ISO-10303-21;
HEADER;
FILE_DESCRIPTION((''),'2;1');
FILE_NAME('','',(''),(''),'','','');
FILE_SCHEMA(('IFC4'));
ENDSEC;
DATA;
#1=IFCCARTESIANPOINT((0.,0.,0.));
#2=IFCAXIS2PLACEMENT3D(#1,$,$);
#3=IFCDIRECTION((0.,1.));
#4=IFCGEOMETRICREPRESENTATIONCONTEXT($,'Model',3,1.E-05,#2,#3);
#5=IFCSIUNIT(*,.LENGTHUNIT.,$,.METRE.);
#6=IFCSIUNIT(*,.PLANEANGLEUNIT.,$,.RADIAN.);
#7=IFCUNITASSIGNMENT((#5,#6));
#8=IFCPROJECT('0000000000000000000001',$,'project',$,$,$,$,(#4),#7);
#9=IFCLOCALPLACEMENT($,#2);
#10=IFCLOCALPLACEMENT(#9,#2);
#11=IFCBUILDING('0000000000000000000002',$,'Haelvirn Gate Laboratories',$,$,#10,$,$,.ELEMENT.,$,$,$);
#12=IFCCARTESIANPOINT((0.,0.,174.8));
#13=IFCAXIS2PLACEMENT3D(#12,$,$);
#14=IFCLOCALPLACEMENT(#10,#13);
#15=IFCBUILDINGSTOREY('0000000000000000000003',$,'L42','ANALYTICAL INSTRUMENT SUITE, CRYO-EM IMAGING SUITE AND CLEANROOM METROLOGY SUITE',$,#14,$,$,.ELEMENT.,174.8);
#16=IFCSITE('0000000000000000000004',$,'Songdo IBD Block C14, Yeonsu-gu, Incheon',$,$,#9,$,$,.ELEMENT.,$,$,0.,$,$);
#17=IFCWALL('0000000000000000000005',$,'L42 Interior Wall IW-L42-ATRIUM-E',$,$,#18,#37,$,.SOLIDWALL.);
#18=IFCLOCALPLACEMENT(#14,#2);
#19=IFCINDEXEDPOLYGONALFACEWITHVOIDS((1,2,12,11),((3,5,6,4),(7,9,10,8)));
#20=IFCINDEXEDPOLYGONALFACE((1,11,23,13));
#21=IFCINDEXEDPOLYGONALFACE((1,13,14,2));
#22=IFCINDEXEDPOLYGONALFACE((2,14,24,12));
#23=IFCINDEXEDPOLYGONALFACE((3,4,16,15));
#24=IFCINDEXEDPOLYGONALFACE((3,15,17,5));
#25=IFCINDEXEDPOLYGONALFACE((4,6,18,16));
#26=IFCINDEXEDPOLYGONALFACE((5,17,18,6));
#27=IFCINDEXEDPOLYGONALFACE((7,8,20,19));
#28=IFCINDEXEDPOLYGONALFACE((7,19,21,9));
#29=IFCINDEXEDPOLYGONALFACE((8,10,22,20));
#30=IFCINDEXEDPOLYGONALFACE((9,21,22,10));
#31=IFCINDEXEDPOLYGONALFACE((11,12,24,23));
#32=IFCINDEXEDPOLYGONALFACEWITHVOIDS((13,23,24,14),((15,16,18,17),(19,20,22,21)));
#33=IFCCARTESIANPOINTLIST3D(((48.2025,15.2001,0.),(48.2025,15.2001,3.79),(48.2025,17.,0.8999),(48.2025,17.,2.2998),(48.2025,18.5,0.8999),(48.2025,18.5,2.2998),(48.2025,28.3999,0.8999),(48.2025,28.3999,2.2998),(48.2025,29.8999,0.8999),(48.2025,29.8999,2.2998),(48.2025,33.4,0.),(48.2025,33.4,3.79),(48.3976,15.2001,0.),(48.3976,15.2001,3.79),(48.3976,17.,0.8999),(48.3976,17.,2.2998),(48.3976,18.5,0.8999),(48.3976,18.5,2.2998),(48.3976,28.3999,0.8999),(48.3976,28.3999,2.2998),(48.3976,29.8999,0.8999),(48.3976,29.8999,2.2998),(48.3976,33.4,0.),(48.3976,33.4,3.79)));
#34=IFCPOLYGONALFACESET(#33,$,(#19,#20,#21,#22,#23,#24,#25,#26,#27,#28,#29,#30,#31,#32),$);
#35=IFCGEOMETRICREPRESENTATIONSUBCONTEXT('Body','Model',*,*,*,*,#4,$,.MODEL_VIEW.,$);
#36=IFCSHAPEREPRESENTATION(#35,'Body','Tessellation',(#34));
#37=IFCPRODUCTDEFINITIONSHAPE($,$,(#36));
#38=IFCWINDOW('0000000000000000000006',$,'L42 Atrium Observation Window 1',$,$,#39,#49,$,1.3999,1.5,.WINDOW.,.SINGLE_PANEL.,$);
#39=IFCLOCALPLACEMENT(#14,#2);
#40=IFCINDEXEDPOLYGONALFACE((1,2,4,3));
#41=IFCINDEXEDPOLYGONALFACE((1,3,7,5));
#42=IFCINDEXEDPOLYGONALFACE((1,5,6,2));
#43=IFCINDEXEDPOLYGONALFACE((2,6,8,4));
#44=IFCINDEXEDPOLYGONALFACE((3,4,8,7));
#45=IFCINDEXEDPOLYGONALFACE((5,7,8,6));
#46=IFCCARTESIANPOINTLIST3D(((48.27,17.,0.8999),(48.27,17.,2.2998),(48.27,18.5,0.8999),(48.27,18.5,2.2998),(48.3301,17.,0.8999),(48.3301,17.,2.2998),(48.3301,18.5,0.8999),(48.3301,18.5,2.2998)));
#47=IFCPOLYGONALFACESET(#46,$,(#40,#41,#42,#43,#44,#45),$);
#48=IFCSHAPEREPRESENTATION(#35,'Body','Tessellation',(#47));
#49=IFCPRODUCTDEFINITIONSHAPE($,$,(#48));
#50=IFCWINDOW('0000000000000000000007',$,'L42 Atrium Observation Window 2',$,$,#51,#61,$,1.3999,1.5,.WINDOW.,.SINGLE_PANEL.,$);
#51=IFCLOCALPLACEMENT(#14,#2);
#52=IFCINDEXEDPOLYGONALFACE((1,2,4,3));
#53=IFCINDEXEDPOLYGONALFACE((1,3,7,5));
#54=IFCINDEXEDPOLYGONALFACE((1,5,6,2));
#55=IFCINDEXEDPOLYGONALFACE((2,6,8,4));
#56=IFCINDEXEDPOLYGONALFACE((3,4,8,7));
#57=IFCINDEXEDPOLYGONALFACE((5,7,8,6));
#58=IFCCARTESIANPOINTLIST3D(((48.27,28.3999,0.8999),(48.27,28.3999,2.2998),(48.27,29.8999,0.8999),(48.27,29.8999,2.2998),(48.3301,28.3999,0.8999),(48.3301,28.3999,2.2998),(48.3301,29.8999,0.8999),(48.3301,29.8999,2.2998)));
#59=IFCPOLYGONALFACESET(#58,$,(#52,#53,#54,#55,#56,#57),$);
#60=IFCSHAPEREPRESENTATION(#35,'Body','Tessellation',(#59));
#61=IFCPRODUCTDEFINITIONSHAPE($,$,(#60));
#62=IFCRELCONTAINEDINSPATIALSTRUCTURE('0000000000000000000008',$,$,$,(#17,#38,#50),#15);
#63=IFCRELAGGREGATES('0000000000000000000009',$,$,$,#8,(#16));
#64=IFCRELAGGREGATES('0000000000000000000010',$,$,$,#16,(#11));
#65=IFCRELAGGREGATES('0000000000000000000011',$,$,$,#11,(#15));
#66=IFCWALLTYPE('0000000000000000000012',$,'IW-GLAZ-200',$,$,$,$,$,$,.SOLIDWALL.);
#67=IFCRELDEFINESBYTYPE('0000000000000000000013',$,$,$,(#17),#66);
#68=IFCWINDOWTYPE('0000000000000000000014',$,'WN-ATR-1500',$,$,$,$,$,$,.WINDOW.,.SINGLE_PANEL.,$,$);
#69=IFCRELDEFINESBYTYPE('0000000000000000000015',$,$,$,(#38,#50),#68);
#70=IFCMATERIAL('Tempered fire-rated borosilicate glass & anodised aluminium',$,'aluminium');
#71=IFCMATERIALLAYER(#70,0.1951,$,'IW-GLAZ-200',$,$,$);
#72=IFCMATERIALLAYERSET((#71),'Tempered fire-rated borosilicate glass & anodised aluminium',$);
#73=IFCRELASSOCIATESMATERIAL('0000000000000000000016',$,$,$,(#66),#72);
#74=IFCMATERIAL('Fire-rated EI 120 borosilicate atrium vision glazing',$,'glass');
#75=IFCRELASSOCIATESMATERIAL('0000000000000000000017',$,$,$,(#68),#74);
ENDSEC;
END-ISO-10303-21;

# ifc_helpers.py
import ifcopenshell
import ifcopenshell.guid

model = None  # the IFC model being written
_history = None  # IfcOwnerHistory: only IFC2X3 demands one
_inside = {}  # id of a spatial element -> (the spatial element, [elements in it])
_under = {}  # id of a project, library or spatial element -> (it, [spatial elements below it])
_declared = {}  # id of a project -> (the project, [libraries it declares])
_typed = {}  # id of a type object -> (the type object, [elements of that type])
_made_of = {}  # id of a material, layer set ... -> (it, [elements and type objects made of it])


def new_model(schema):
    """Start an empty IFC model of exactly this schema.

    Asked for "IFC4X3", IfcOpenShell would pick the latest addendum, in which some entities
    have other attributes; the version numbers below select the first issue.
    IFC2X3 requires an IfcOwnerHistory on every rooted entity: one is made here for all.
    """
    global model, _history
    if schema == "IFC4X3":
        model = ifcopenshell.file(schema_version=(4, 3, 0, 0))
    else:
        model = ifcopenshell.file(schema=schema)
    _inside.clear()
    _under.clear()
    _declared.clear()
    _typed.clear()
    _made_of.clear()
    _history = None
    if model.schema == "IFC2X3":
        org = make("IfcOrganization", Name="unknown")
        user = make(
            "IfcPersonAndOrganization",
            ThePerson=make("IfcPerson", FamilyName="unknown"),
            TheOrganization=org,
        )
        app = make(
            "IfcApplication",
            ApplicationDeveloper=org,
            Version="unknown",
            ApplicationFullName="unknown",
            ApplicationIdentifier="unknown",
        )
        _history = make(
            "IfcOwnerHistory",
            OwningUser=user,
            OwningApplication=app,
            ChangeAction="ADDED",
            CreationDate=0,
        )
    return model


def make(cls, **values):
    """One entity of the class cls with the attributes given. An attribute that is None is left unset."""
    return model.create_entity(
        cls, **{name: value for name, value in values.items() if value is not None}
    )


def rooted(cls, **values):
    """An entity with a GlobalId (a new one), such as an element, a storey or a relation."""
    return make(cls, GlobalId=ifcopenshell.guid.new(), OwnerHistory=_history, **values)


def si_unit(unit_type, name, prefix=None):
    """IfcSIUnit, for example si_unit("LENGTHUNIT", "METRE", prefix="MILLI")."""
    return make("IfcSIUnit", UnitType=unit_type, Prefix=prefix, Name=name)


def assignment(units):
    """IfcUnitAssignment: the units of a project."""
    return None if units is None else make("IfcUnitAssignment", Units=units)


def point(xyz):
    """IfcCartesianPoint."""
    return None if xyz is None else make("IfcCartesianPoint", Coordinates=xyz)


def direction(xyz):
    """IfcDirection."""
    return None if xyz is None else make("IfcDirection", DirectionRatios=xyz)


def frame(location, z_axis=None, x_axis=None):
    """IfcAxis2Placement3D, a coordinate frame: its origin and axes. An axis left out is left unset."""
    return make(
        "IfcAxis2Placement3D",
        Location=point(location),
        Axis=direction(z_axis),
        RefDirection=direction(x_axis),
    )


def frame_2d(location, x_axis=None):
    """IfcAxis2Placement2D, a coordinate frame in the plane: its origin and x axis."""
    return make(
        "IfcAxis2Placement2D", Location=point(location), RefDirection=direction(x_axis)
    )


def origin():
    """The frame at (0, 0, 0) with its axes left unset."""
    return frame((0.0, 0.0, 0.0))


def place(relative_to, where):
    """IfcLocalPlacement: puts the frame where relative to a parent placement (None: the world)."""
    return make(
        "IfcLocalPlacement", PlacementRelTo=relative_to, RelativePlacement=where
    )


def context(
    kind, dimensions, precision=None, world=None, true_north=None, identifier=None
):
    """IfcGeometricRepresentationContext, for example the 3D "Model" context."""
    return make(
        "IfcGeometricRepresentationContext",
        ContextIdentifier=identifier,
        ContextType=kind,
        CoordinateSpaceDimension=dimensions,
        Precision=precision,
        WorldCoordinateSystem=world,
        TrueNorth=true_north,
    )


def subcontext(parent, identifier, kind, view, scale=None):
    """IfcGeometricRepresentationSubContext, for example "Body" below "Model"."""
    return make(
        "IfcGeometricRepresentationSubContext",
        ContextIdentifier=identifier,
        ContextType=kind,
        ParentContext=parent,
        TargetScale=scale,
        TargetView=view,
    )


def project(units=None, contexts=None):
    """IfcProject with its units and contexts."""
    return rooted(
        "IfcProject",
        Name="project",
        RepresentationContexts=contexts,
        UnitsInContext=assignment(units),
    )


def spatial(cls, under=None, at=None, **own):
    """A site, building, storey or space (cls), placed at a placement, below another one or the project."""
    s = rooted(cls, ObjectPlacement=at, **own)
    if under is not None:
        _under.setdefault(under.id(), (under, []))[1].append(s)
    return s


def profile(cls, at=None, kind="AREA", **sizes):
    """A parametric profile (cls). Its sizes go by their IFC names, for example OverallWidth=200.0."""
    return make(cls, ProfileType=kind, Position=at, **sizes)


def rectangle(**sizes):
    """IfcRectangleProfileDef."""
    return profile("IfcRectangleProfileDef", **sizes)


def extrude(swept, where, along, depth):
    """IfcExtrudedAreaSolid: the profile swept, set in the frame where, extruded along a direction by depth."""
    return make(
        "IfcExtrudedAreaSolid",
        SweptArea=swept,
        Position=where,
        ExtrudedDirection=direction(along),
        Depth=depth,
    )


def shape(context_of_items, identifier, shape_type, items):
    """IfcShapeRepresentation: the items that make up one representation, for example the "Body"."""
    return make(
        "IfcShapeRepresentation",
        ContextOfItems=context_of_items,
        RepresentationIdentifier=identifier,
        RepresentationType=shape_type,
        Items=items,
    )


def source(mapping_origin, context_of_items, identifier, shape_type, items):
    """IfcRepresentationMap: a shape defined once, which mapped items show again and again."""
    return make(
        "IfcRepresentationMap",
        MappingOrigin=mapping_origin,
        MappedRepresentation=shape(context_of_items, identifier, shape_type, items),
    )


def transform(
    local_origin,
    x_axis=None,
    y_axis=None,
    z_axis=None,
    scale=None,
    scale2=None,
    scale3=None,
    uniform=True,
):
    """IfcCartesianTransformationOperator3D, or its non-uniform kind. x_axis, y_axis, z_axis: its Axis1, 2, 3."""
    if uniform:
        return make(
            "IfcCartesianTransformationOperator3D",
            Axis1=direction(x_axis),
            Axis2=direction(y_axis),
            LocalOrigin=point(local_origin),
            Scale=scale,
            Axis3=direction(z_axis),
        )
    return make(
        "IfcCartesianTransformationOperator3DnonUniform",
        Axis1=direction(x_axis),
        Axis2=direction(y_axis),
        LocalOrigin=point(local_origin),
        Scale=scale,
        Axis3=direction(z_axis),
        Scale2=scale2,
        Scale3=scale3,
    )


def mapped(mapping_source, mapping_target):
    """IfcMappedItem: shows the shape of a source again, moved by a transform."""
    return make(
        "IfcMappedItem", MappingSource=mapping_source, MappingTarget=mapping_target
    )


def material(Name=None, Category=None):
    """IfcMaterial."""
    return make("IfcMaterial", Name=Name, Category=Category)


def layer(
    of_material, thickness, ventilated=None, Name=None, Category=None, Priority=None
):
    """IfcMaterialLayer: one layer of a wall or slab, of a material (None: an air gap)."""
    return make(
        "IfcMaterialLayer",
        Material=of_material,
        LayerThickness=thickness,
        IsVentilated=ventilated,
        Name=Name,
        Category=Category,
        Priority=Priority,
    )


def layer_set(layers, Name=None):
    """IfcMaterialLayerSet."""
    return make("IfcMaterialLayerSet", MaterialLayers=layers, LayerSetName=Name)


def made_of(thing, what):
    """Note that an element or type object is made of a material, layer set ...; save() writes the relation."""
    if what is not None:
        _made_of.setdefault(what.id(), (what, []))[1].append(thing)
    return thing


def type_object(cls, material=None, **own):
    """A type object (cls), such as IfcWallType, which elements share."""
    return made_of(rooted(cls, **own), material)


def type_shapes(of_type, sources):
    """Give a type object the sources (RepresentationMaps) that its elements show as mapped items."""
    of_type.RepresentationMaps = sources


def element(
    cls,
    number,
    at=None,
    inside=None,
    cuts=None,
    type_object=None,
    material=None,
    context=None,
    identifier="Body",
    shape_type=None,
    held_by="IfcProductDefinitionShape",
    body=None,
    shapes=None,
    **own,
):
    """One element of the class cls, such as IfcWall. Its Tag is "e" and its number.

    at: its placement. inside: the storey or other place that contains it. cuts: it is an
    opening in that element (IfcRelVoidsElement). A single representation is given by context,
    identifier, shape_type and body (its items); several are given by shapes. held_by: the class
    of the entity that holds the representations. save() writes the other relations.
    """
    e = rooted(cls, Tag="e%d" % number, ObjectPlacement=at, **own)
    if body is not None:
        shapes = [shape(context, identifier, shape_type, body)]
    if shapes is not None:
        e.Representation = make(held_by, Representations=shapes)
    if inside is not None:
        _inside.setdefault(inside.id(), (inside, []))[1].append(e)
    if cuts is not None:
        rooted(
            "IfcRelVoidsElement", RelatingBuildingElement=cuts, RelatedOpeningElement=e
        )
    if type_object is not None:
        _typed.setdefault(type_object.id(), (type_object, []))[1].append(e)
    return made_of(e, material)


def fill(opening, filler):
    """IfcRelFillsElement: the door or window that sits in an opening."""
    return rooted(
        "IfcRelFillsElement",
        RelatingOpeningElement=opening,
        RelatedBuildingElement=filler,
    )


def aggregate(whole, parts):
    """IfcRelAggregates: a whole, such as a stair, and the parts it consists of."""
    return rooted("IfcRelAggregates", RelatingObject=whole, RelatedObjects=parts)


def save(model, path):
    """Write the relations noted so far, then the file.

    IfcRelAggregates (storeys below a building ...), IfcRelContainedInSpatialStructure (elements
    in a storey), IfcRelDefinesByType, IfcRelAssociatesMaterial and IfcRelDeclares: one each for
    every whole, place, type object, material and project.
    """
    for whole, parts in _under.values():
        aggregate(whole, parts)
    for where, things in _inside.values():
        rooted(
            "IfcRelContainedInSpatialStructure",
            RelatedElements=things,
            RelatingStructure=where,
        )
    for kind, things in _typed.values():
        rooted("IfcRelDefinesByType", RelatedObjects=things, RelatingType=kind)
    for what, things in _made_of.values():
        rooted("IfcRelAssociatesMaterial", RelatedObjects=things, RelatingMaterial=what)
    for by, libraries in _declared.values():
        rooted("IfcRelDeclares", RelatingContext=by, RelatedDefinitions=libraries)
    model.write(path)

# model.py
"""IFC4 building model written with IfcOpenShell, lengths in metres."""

from ifc_helpers import new_model, si_unit, direction, frame, frame_2d, origin, place, context, subcontext, project, spatial, rectangle, extrude, source, transform, mapped, material, layer, layer_set, type_object, type_shapes, element, fill, save


model = new_model("IFC4")

# Units and contexts
model_context = context("Model", 3, precision=1e-05, world=origin(), true_north=direction((0.0, 1.0)))
body_context = subcontext(model_context, "Body", "Model", "MODEL_VIEW")
ifc_project = project(units=[si_unit("LENGTHUNIT", "METRE"), si_unit("PLANEANGLEUNIT", "RADIAN")], contexts=[model_context])

# Site, building, storey
site_placement = place(None, origin())
site = spatial("IfcSite", under=ifc_project, at=site_placement, Name="Songdo IBD Block C14, Yeonsu-gu, Incheon", CompositionType="ELEMENT", RefElevation=0.0)
building_placement = place(site_placement, origin())
building = spatial("IfcBuilding", under=site, at=building_placement, Name="Haelvirn Gate Laboratories", CompositionType="ELEMENT")
storey_placement = place(building_placement, frame((0.0, 0.0, 174.8)))
storey = spatial("IfcBuildingStorey", under=building, at=storey_placement, Name="L42", Description="ANALYTICAL INSTRUMENT SUITE, CRYO-EM IMAGING SUITE AND CLEANROOM METROLOGY SUITE", CompositionType="ELEMENT", Elevation=174.8)

# Wall, openings, windows
ifc_material_1 = material(Name="Tempered fire-rated borosilicate glass & anodised aluminium", Category="aluminium")
ifc_layer_1 = layer(ifc_material_1, 0.1951, Name="IW-GLAZ-200")
ifc_layer_set_1 = layer_set([ifc_layer_1], Name="Tempered fire-rated borosilicate glass & anodised aluminium")
wall_type_1 = type_object("IfcWallType", Name="IW-GLAZ-200", PredefinedType="SOLIDWALL", material=ifc_layer_set_1)
wall_1_placement = place(storey_placement, frame((48.3, 15.2, 0.0), z_axis=(0.0, 0.0, 1.0), x_axis=(0.0, 1.0, 0.0)))
wall_1 = element("IfcWall", 1, at=wall_1_placement, inside=storey, type_object=wall_type_1, Name="L42 Interior Wall IW-L42-ATRIUM-E", PredefinedType="SOLIDWALL", context=body_context, shape_type="SweptSolid", body=[
    extrude(rectangle(XDim=18.2, YDim=0.1951, at=frame_2d((9.1001, 0.0))), origin(), (0.0, 0.0, 1.0), 3.79),
])
opening_1_placement = place(wall_1_placement, frame((1.8, 0.0, 0.8999)))
opening_1 = element("IfcOpeningElement", 2, at=opening_1_placement, cuts=wall_1, PredefinedType="OPENING", context=body_context, shape_type="SweptSolid", body=[
    extrude(rectangle(XDim=1.5, YDim=1.3999, at=frame_2d((0.75, 0.7))), frame((0.0, 0.1074, 0.0), z_axis=(0.0, -1.0, 0.0), x_axis=(1.0, 0.0, 0.0)), (0.0, 0.0, 1.0), 0.2151),
])
opening_2_placement = place(wall_1_placement, frame((13.2, 0.0, 0.8999)))
opening_2 = element("IfcOpeningElement", 3, at=opening_2_placement, cuts=wall_1, PredefinedType="OPENING", context=body_context, shape_type="SweptSolid", body=[
    extrude(rectangle(XDim=1.5, YDim=1.3999, at=frame_2d((0.75, 0.7))), frame((0.0, 0.1074, 0.0), z_axis=(0.0, -1.0, 0.0), x_axis=(1.0, 0.0, 0.0)), (0.0, 0.0, 1.0), 0.2151),
])
ifc_material_2 = material(Name="Fire-rated EI 120 borosilicate atrium vision glazing", Category="glass")
window_type = type_object("IfcWindowType", Name="WN-ATR-1500", PartitioningType="SINGLE_PANEL", PredefinedType="WINDOW", material=ifc_material_2)
shared_shape_1 = source(origin(), body_context, "Body", "SweptSolid", [
    extrude(rectangle(XDim=1.5, YDim=1.3999, at=frame_2d((0.75, 0.7))), frame((0.0, 0.03, 0.0), z_axis=(0.0, -1.0, 0.0), x_axis=(1.0, 0.0, 0.0)), (0.0, 0.0, 1.0), 0.0601),
])
type_shapes(window_type, [shared_shape_1])
window_1_placement = place(opening_1_placement, origin())
window_1 = element("IfcWindow", 4, at=window_1_placement, inside=storey, type_object=window_type, Name="L42 Atrium Observation Window 1", OverallHeight=1.3999, OverallWidth=1.5, PartitioningType="SINGLE_PANEL", PredefinedType="WINDOW", context=body_context, shape_type="MappedRepresentation", body=[
    mapped(shared_shape_1, transform((0.0, 0.0, 0.0), scale=1.0)),
])
fill(opening_1, window_1)
window_2_placement = place(opening_2_placement, origin())
window_2 = element("IfcWindow", 5, at=window_2_placement, inside=storey, type_object=window_type, Name="L42 Atrium Observation Window 2", OverallHeight=1.3999, OverallWidth=1.5, PartitioningType="SINGLE_PANEL", PredefinedType="WINDOW", context=body_context, shape_type="MappedRepresentation", body=[
    mapped(shared_shape_1, transform((0.0, 0.0, 0.0), scale=1.0)),
])
fill(opening_2, window_2)

save(model, "model.ifc")
